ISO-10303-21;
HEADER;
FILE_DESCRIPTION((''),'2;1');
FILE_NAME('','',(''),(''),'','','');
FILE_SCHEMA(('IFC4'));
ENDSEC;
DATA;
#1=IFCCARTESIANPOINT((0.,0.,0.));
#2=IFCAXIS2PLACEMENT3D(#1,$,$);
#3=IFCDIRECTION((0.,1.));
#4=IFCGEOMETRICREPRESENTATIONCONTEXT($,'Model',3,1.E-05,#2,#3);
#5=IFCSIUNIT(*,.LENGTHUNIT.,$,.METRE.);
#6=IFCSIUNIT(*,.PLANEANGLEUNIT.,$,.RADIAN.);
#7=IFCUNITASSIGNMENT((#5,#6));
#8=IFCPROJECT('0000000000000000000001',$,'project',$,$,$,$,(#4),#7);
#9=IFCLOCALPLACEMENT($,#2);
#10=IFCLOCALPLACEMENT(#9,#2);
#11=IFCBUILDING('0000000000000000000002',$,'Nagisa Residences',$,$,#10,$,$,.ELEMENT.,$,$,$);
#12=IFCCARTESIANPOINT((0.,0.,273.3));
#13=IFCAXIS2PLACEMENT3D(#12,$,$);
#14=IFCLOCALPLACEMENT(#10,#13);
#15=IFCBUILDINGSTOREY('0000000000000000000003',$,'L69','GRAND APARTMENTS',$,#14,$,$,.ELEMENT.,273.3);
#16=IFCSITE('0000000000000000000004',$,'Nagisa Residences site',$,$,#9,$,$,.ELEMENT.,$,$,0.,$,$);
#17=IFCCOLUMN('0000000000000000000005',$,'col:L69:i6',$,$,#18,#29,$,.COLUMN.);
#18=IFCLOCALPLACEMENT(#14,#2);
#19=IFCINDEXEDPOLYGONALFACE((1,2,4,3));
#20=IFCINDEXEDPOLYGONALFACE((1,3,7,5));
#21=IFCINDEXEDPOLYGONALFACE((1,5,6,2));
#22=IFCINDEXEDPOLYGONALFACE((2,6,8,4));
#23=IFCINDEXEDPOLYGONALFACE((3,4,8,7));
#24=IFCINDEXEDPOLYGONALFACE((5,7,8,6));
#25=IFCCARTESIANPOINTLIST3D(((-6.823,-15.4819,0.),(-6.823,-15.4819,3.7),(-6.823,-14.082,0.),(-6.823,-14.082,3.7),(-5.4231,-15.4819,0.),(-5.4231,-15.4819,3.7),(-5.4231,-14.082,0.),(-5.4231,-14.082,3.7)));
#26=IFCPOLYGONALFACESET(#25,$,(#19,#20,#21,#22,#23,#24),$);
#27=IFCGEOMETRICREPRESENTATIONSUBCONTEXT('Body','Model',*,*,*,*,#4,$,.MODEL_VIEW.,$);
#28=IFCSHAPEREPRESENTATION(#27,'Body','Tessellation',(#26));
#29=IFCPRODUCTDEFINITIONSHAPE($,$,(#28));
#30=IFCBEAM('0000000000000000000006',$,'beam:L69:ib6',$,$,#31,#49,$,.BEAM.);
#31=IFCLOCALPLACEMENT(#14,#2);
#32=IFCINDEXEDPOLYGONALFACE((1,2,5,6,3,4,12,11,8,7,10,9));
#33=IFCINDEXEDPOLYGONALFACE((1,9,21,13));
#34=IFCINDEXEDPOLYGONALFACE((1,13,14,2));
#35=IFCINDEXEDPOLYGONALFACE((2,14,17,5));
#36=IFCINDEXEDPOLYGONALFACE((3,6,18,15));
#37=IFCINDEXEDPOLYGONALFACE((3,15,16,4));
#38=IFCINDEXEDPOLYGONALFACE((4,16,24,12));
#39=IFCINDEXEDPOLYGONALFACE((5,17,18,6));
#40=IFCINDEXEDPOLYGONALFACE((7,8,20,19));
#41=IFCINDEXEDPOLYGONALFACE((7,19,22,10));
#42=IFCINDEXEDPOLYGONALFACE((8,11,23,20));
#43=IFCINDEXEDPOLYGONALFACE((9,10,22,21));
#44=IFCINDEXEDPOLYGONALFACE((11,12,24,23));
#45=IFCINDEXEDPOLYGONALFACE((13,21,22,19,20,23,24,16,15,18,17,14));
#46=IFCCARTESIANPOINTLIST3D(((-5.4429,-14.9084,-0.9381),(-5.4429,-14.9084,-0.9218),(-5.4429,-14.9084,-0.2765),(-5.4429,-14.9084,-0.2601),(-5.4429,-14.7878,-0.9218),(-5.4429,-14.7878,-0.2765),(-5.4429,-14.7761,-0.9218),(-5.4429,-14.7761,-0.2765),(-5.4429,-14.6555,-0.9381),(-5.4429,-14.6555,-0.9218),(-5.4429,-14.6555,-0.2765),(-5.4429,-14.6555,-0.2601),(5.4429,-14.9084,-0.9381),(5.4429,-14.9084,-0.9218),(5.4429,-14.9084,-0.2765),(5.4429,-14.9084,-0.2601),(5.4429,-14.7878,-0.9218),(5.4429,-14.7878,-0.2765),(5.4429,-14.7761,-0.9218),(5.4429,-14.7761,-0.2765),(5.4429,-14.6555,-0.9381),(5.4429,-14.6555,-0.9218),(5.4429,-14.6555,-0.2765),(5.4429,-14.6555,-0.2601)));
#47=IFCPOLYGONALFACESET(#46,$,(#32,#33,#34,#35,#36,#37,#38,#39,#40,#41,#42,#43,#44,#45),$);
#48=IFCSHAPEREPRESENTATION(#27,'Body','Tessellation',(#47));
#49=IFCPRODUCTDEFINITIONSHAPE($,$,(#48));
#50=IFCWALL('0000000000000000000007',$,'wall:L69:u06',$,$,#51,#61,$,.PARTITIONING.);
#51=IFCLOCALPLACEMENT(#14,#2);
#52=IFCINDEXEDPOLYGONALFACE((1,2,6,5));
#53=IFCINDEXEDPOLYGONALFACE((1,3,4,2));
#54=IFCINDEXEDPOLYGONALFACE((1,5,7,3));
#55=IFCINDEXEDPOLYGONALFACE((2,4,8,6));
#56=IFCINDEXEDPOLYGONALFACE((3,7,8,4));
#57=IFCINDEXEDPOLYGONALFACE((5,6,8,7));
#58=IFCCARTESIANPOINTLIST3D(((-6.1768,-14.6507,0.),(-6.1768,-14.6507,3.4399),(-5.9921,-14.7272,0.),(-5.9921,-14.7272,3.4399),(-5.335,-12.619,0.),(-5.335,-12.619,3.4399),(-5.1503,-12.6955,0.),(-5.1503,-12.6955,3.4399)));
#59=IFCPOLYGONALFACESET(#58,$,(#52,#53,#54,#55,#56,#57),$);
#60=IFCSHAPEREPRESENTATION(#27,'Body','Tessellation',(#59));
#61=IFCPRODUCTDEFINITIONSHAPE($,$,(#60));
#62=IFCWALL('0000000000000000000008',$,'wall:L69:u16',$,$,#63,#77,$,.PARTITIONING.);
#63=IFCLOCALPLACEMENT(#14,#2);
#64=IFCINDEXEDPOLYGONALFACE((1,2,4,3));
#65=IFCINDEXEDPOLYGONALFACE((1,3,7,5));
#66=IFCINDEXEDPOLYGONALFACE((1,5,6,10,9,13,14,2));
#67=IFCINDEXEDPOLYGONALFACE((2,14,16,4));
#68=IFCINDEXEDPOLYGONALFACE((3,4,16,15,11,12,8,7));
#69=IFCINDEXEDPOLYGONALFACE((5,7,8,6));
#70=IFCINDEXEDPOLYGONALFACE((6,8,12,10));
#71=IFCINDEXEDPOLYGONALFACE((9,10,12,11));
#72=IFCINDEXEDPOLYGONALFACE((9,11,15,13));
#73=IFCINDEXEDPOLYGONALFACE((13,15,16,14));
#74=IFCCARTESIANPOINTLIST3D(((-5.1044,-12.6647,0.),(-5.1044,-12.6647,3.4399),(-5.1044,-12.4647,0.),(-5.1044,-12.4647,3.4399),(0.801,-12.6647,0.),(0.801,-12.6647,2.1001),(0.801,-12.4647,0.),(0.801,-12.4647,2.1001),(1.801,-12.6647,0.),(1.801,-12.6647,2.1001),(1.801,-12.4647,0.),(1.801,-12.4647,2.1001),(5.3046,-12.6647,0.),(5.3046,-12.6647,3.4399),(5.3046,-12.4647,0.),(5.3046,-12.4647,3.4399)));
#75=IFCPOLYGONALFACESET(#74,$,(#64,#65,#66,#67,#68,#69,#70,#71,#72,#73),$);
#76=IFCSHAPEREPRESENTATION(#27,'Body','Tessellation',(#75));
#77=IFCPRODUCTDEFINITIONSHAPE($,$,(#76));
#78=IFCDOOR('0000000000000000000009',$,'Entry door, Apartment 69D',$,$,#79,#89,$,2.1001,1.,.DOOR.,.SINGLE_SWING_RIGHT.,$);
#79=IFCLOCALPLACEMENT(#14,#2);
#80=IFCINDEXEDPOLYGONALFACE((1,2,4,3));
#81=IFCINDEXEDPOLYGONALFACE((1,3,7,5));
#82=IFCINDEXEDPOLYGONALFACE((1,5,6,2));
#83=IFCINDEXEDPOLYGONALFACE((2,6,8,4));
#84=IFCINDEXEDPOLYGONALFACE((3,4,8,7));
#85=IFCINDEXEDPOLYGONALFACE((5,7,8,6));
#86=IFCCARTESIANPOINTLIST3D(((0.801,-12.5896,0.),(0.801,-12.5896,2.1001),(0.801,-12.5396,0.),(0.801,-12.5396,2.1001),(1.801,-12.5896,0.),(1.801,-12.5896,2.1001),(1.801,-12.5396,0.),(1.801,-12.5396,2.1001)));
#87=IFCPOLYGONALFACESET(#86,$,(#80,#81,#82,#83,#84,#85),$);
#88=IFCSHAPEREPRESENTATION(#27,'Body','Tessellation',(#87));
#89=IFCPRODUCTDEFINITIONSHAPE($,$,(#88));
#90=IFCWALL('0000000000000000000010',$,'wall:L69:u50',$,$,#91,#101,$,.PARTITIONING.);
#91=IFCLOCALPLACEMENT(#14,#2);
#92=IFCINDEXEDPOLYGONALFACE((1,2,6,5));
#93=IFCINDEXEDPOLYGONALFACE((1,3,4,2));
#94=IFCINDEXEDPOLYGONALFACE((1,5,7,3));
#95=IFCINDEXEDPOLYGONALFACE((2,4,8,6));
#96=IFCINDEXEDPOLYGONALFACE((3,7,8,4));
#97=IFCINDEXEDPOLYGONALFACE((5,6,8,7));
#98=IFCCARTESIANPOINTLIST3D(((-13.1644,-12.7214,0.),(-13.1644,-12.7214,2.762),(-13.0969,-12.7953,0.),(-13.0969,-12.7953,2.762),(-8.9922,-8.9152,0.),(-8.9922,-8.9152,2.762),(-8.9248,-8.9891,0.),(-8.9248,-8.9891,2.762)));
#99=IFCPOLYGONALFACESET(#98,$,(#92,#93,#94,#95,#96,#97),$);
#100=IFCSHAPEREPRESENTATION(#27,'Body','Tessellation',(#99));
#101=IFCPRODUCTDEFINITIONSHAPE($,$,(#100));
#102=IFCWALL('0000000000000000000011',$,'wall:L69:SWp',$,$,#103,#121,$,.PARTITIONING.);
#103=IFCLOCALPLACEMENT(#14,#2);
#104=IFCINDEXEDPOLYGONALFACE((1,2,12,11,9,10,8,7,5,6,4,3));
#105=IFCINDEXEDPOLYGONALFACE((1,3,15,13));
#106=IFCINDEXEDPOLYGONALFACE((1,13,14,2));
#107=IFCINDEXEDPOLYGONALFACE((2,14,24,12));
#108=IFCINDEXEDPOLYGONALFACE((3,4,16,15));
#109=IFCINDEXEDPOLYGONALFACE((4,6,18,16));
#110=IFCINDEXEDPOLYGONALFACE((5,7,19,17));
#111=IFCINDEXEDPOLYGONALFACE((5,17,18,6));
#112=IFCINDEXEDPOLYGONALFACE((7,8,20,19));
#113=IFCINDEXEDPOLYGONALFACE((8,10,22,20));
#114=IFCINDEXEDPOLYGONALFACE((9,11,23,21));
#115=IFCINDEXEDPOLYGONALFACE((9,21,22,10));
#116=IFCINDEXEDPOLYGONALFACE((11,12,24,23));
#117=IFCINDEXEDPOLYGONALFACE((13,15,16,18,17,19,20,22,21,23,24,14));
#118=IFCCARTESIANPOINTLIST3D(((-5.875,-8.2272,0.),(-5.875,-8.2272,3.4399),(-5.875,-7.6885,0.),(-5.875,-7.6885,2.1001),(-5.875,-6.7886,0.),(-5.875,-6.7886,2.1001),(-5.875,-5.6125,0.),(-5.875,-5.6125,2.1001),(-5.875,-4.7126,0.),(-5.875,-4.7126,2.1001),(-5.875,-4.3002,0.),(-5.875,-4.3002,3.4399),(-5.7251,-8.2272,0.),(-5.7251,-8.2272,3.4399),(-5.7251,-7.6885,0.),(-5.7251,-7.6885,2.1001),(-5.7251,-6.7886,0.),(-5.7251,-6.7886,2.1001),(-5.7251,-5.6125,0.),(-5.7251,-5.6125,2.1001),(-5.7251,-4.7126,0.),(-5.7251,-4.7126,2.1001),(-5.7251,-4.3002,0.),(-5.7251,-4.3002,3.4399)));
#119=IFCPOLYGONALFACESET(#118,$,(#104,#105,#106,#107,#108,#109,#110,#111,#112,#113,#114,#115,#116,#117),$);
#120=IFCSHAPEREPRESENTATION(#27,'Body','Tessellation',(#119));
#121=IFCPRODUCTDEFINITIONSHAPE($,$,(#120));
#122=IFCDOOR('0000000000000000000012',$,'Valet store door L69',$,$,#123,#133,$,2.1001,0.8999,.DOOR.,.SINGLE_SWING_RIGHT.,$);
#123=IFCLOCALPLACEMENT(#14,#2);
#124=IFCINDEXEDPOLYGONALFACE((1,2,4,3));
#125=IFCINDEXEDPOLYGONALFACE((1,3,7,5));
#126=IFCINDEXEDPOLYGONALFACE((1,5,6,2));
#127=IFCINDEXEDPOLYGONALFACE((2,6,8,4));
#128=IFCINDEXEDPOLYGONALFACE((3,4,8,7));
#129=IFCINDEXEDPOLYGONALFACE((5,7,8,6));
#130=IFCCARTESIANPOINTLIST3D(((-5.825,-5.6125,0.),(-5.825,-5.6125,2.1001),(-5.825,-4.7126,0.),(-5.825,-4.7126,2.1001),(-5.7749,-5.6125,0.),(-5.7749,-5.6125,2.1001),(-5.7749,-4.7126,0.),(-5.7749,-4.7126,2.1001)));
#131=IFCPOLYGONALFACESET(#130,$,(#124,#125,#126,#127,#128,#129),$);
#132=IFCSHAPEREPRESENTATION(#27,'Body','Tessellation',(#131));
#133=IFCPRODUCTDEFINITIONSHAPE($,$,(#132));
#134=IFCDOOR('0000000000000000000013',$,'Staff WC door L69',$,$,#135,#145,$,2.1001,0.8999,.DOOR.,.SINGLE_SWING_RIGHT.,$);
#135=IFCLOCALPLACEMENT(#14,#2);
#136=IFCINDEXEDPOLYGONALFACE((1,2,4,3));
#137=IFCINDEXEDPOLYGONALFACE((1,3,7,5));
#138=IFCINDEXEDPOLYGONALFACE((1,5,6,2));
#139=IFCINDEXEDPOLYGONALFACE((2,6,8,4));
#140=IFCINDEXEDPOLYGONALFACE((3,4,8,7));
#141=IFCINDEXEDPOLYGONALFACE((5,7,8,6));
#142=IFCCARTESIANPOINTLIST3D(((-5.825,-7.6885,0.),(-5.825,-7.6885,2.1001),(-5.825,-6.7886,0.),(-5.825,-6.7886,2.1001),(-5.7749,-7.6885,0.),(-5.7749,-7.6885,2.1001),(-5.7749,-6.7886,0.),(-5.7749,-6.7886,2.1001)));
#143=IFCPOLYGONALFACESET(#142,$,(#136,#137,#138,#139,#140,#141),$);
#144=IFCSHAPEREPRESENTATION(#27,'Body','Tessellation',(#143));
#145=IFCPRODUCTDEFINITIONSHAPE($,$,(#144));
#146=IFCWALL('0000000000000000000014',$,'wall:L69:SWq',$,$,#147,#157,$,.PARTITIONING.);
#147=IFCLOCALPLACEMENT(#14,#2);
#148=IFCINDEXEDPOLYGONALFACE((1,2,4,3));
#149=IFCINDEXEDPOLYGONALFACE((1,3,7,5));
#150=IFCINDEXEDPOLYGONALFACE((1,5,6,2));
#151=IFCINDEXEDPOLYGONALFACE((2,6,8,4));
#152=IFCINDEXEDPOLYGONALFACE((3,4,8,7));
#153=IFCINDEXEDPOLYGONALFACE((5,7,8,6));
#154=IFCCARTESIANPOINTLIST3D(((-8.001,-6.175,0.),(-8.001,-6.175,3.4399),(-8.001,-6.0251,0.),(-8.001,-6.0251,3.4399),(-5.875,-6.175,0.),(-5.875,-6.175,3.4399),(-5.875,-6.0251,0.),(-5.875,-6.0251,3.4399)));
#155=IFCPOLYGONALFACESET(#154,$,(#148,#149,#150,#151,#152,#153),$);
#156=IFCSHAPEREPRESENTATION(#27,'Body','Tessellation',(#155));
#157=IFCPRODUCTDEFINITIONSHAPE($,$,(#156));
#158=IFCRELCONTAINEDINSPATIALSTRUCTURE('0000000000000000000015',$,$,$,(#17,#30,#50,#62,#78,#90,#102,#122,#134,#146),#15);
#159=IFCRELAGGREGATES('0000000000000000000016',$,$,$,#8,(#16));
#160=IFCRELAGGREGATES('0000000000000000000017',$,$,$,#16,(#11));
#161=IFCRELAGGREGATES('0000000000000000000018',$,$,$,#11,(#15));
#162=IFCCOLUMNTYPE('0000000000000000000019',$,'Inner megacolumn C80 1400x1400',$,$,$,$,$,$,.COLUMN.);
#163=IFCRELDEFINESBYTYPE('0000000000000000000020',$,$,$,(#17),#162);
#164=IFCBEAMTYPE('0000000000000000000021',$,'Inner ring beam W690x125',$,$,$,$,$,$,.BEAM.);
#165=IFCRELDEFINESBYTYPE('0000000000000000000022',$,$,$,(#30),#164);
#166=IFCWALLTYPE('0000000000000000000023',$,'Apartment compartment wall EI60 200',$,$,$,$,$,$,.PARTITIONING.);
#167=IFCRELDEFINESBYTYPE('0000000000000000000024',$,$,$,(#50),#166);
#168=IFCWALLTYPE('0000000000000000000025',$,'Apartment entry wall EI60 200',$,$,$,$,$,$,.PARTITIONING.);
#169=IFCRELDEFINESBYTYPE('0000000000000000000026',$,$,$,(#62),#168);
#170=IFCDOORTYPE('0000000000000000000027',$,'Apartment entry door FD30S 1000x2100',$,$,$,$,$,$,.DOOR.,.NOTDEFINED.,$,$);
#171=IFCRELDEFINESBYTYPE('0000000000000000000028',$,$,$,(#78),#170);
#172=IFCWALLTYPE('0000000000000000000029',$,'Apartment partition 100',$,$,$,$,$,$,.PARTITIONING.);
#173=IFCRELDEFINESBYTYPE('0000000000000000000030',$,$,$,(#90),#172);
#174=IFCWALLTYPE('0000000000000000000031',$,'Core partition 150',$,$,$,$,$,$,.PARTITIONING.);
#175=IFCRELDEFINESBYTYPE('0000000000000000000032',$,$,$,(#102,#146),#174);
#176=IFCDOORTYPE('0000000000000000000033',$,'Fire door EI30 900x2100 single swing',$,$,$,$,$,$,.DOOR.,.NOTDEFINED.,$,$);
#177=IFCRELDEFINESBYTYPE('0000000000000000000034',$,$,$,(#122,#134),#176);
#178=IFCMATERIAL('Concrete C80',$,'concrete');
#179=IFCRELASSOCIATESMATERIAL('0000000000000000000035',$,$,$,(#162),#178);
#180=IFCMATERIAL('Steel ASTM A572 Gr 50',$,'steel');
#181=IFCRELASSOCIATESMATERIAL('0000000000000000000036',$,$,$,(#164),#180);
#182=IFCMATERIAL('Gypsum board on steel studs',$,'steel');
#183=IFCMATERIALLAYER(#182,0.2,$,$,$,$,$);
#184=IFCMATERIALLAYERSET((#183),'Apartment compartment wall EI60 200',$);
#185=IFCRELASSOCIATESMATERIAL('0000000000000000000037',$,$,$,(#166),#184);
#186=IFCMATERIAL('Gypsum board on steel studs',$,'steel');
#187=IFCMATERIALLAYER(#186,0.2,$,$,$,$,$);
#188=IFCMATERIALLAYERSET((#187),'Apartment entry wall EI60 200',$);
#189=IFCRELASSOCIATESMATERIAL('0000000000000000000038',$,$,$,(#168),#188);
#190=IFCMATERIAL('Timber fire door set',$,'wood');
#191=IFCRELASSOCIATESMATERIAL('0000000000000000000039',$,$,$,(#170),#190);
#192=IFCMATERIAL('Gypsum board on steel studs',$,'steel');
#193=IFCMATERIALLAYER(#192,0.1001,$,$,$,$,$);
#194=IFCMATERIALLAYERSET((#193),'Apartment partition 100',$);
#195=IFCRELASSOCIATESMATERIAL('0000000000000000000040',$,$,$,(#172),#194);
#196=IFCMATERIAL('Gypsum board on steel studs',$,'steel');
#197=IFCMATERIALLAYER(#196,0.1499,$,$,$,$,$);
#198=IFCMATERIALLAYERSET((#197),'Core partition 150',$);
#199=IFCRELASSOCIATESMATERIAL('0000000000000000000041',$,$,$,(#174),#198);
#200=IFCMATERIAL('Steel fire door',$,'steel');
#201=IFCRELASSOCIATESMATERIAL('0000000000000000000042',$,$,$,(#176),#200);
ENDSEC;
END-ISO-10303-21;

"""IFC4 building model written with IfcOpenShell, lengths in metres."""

from ifc_helpers import new_model, si_unit, direction, frame, frame_2d, origin, origin_2d, place, context, subcontext, project, spatial, rectangle, i_section, extrude, material, layer, layer_set, material_profile, profile_set, type_object, element, fill, save


model = new_model("IFC4")

# Units and contexts
model_context = context("Model", 3, precision=1e-05, world=origin(), true_north=direction((0.0, 1.0)))
body_context = subcontext(model_context, "Body", "Model", "MODEL_VIEW")
ifc_project = project(units=[si_unit("LENGTHUNIT", "METRE"), si_unit("PLANEANGLEUNIT", "RADIAN")], contexts=[model_context])

# Site, building, storey
site_placement = place(None, origin())
site = spatial("IfcSite", under=ifc_project, at=site_placement, Name="Nagisa Residences site", CompositionType="ELEMENT", RefElevation=0.0)
building_placement = place(site_placement, origin())
building = spatial("IfcBuilding", under=site, at=building_placement, Name="Nagisa Residences", CompositionType="ELEMENT")
storey_placement = place(building_placement, frame((0.0, 0.0, 273.3)))
storey = spatial("IfcBuildingStorey", under=building, at=storey_placement, Name="L69", Description="GRAND APARTMENTS", CompositionType="ELEMENT", Elevation=273.3)

# Column
ifc_material_1 = material(Name="Concrete C80", Category="concrete")
ifc_material_profile_1 = material_profile(ifc_material_1, rectangle(XDim=1.3999, YDim=1.3999, at=origin_2d()), Name="C80 1400x1400")
ifc_profile_set_1 = profile_set([ifc_material_profile_1], Name="Concrete C80")
column_type = type_object("IfcColumnType", Name="Inner megacolumn C80 1400x1400", PredefinedType="COLUMN", material=ifc_profile_set_1)
column_placement = place(storey_placement, frame((-6.123, -14.782, 0.0), z_axis=(0.0, 0.0, 1.0), x_axis=(1.0, 0.0, 0.0)))
element("IfcColumn", 1, at=column_placement, inside=storey, type_object=column_type, Name="col:L69:i6", PredefinedType="COLUMN", context=body_context, shape_type="SweptSolid", body=[
    extrude(rectangle(XDim=1.3999, YDim=1.3999, at=origin_2d()), origin(), (0.0, 0.0, 1.0), 3.7),
])

# Beam
ifc_material_2 = material(Name="Steel ASTM A572 Gr 50", Category="steel")
ifc_material_profile_2 = material_profile(ifc_material_2, i_section(OverallWidth=0.2529, OverallDepth=0.678, WebThickness=0.0117, FlangeThickness=0.0164, at=origin_2d()), Name="W690x125")
ifc_profile_set_2 = profile_set([ifc_material_profile_2], Name="Steel ASTM A572 Gr 50")
beam_type = type_object("IfcBeamType", Name="Inner ring beam W690x125", PredefinedType="BEAM", material=ifc_profile_set_2)
beam_placement = place(storey_placement, frame((-5.4429, -14.782, -0.5991), z_axis=(1.0, 0.0, 0.0), x_axis=(0.0, 1.0, 0.0)))
element("IfcBeam", 2, at=beam_placement, inside=storey, type_object=beam_type, Name="beam:L69:ib6", PredefinedType="BEAM", context=body_context, shape_type="SweptSolid", body=[
    extrude(i_section(OverallWidth=0.2529, OverallDepth=0.678, WebThickness=0.0117, FlangeThickness=0.0164, at=origin_2d()), origin(), (0.0, 0.0, 1.0), 10.8857),
])

# Wall
ifc_material_3 = material(Name="Gypsum board on steel studs", Category="steel")
ifc_layer_1 = layer(ifc_material_3, 0.2)
ifc_layer_set_1 = layer_set([ifc_layer_1], Name="Apartment compartment wall EI60 200")
wall_type_1 = type_object("IfcWallType", Name="Apartment compartment wall EI60 200", PredefinedType="PARTITIONING", material=ifc_layer_set_1)
wall_1_placement = place(storey_placement, frame((-5.2427, -12.6572, 0.0), z_axis=(0.0, 0.0, 1.0), x_axis=(-0.38277, -0.923844, 0.0)))
element("IfcWall", 3, at=wall_1_placement, inside=storey, type_object=wall_type_1, Name="wall:L69:u06", PredefinedType="PARTITIONING", context=body_context, shape_type="SweptSolid", body=[
    extrude(rectangle(XDim=2.1992, YDim=0.2, at=frame_2d((1.0996, 0.0))), origin(), (0.0, 0.0, 1.0), 3.4399),
])

# Wall, opening, door
ifc_material_4 = material(Name="Gypsum board on steel studs", Category="steel")
ifc_layer_2 = layer(ifc_material_4, 0.2)
ifc_layer_set_2 = layer_set([ifc_layer_2], Name="Apartment entry wall EI60 200")
wall_type_2 = type_object("IfcWallType", Name="Apartment entry wall EI60 200", PredefinedType="PARTITIONING", material=ifc_layer_set_2)
wall_2_placement = place(storey_placement, frame((-5.1045, -12.5647, 0.0), z_axis=(0.0, 0.0, 1.0), x_axis=(1.0, 0.0, 0.0)))
wall_2 = element("IfcWall", 4, at=wall_2_placement, inside=storey, type_object=wall_type_2, Name="wall:L69:u16", PredefinedType="PARTITIONING", context=body_context, shape_type="SweptSolid", body=[
    extrude(rectangle(XDim=10.4089, YDim=0.2, at=frame_2d((5.2046, 0.0))), origin(), (0.0, 0.0, 1.0), 3.4399),
])
opening_1_placement = place(wall_2_placement, frame((5.9055, 0.0, 0.0)))
opening_1 = element("IfcOpeningElement", 5, at=opening_1_placement, cuts=wall_2, PredefinedType="OPENING", context=body_context, shape_type="SweptSolid", body=[
    extrude(rectangle(XDim=1.0, YDim=2.1001, at=frame_2d((0.5, 1.05))), frame((0.0, 0.1099, 0.0), z_axis=(0.0, -1.0, 0.0), x_axis=(1.0, 0.0, 0.0)), (0.0, 0.0, 1.0), 0.22),
])
ifc_material_5 = material(Name="Timber fire door set", Category="wood")
door_type_1 = type_object("IfcDoorType", Name="Apartment entry door FD30S 1000x2100", OperationType="NOTDEFINED", PredefinedType="DOOR", material=ifc_material_5)
door_1_placement = place(opening_1_placement, frame((1.0, 0.0, 0.0), x_axis=(-1.0, 0.0, 0.0)))
door_1 = element("IfcDoor", 6, at=door_1_placement, inside=storey, type_object=door_type_1, Name="Entry door, Apartment 69D", OperationType="SINGLE_SWING_RIGHT", OverallHeight=2.1001, OverallWidth=1.0, PredefinedType="DOOR", context=body_context, shape_type="SweptSolid", body=[
    extrude(rectangle(XDim=1.0, YDim=2.1001, at=frame_2d((0.5, 1.05))), frame((0.0, 0.0249, 0.0), z_axis=(0.0, -1.0, 0.0), x_axis=(1.0, 0.0, 0.0)), (0.0, 0.0, 1.0), 0.05),
])
fill(opening_1, door_1)

# Wall
ifc_material_6 = material(Name="Gypsum board on steel studs", Category="steel")
ifc_layer_3 = layer(ifc_material_6, 0.1001)
ifc_layer_set_3 = layer_set([ifc_layer_3], Name="Apartment partition 100")
wall_type_3 = type_object("IfcWallType", Name="Apartment partition 100", PredefinedType="PARTITIONING", material=ifc_layer_set_3)
wall_3_placement = place(storey_placement, frame((-8.9585, -8.9521, 0.0), z_axis=(0.0, 0.0, 1.0), x_axis=(-0.738765, -0.673963, 0.0)))
element("IfcWall", 7, at=wall_3_placement, inside=storey, type_object=wall_type_3, Name="wall:L69:u50", PredefinedType="PARTITIONING", context=body_context, shape_type="SweptSolid", body=[
    extrude(rectangle(XDim=5.6475, YDim=0.1001, at=frame_2d((2.8237, 0.0))), origin(), (0.0, 0.0, 1.0), 2.762),
])

# Wall, openings, doors
ifc_material_7 = material(Name="Gypsum board on steel studs", Category="steel")
ifc_layer_4 = layer(ifc_material_7, 0.1499)
ifc_layer_set_4 = layer_set([ifc_layer_4], Name="Core partition 150")
wall_type_4 = type_object("IfcWallType", Name="Core partition 150", PredefinedType="PARTITIONING", material=ifc_layer_set_4)
wall_4_placement = place(storey_placement, frame((-5.8, -8.2271, 0.0), z_axis=(0.0, 0.0, 1.0), x_axis=(0.0, 1.0, 0.0)))
wall_4 = element("IfcWall", 8, at=wall_4_placement, inside=storey, type_object=wall_type_4, Name="wall:L69:SWp", PredefinedType="PARTITIONING", context=body_context, shape_type="SweptSolid", body=[
    extrude(rectangle(XDim=3.927, YDim=0.1499, at=frame_2d((1.9634, 0.0))), origin(), (0.0, 0.0, 1.0), 3.4399),
])
opening_2_placement = place(wall_4_placement, frame((2.6145, 0.0, 0.0)))
opening_2 = element("IfcOpeningElement", 9, at=opening_2_placement, cuts=wall_4, PredefinedType="OPENING", context=body_context, shape_type="SweptSolid", body=[
    extrude(rectangle(XDim=0.8999, YDim=2.1001, at=frame_2d((0.45, 1.05))), frame((0.0, 0.085, 0.0), z_axis=(0.0, -1.0, 0.0), x_axis=(1.0, 0.0, 0.0)), (0.0, 0.0, 1.0), 0.1699),
])
opening_3_placement = place(wall_4_placement, frame((0.5386, 0.0, 0.0)))
opening_3 = element("IfcOpeningElement", 10, at=opening_3_placement, cuts=wall_4, PredefinedType="OPENING", context=body_context, shape_type="SweptSolid", body=[
    extrude(rectangle(XDim=0.8999, YDim=2.1001, at=frame_2d((0.45, 1.05))), frame((0.0, 0.085, 0.0), z_axis=(0.0, -1.0, 0.0), x_axis=(1.0, 0.0, 0.0)), (0.0, 0.0, 1.0), 0.1699),
])
ifc_material_8 = material(Name="Steel fire door", Category="steel")
door_type_2 = type_object("IfcDoorType", Name="Fire door EI30 900x2100 single swing", OperationType="NOTDEFINED", PredefinedType="DOOR", material=ifc_material_8)
door_2_placement = place(opening_2_placement, origin())
door_2 = element("IfcDoor", 11, at=door_2_placement, inside=storey, type_object=door_type_2, Name="Valet store door L69", OperationType="SINGLE_SWING_RIGHT", OverallHeight=2.1001, OverallWidth=0.8999, PredefinedType="DOOR", context=body_context, shape_type="SweptSolid", body=[
    extrude(rectangle(XDim=0.8999, YDim=2.1001, at=frame_2d((0.45, 1.05))), frame((0.0, 0.0249, 0.0), z_axis=(0.0, -1.0, 0.0), x_axis=(1.0, 0.0, 0.0)), (0.0, 0.0, 1.0), 0.05),
])
fill(opening_2, door_2)
door_3_placement = place(opening_3_placement, origin())
door_3 = element("IfcDoor", 12, at=door_3_placement, inside=storey, type_object=door_type_2, Name="Staff WC door L69", OperationType="SINGLE_SWING_RIGHT", OverallHeight=2.1001, OverallWidth=0.8999, PredefinedType="DOOR", context=body_context, shape_type="SweptSolid", body=[
    extrude(rectangle(XDim=0.8999, YDim=2.1001, at=frame_2d((0.45, 1.05))), frame((0.0, 0.0249, 0.0), z_axis=(0.0, -1.0, 0.0), x_axis=(1.0, 0.0, 0.0)), (0.0, 0.0, 1.0), 0.05),
])
fill(opening_3, door_3)

# Wall
wall_5_placement = place(storey_placement, frame((-8.001, -6.1001, 0.0), z_axis=(0.0, 0.0, 1.0), x_axis=(1.0, 0.0, 0.0)))
element("IfcWall", 13, at=wall_5_placement, inside=storey, type_object=wall_type_4, Name="wall:L69:SWq", PredefinedType="PARTITIONING", context=body_context, shape_type="SweptSolid", body=[
    extrude(rectangle(XDim=2.126, YDim=0.1499, at=frame_2d((1.063, 0.0))), origin(), (0.0, 0.0, 1.0), 3.4399),
])

save(model, "model.ifc")
